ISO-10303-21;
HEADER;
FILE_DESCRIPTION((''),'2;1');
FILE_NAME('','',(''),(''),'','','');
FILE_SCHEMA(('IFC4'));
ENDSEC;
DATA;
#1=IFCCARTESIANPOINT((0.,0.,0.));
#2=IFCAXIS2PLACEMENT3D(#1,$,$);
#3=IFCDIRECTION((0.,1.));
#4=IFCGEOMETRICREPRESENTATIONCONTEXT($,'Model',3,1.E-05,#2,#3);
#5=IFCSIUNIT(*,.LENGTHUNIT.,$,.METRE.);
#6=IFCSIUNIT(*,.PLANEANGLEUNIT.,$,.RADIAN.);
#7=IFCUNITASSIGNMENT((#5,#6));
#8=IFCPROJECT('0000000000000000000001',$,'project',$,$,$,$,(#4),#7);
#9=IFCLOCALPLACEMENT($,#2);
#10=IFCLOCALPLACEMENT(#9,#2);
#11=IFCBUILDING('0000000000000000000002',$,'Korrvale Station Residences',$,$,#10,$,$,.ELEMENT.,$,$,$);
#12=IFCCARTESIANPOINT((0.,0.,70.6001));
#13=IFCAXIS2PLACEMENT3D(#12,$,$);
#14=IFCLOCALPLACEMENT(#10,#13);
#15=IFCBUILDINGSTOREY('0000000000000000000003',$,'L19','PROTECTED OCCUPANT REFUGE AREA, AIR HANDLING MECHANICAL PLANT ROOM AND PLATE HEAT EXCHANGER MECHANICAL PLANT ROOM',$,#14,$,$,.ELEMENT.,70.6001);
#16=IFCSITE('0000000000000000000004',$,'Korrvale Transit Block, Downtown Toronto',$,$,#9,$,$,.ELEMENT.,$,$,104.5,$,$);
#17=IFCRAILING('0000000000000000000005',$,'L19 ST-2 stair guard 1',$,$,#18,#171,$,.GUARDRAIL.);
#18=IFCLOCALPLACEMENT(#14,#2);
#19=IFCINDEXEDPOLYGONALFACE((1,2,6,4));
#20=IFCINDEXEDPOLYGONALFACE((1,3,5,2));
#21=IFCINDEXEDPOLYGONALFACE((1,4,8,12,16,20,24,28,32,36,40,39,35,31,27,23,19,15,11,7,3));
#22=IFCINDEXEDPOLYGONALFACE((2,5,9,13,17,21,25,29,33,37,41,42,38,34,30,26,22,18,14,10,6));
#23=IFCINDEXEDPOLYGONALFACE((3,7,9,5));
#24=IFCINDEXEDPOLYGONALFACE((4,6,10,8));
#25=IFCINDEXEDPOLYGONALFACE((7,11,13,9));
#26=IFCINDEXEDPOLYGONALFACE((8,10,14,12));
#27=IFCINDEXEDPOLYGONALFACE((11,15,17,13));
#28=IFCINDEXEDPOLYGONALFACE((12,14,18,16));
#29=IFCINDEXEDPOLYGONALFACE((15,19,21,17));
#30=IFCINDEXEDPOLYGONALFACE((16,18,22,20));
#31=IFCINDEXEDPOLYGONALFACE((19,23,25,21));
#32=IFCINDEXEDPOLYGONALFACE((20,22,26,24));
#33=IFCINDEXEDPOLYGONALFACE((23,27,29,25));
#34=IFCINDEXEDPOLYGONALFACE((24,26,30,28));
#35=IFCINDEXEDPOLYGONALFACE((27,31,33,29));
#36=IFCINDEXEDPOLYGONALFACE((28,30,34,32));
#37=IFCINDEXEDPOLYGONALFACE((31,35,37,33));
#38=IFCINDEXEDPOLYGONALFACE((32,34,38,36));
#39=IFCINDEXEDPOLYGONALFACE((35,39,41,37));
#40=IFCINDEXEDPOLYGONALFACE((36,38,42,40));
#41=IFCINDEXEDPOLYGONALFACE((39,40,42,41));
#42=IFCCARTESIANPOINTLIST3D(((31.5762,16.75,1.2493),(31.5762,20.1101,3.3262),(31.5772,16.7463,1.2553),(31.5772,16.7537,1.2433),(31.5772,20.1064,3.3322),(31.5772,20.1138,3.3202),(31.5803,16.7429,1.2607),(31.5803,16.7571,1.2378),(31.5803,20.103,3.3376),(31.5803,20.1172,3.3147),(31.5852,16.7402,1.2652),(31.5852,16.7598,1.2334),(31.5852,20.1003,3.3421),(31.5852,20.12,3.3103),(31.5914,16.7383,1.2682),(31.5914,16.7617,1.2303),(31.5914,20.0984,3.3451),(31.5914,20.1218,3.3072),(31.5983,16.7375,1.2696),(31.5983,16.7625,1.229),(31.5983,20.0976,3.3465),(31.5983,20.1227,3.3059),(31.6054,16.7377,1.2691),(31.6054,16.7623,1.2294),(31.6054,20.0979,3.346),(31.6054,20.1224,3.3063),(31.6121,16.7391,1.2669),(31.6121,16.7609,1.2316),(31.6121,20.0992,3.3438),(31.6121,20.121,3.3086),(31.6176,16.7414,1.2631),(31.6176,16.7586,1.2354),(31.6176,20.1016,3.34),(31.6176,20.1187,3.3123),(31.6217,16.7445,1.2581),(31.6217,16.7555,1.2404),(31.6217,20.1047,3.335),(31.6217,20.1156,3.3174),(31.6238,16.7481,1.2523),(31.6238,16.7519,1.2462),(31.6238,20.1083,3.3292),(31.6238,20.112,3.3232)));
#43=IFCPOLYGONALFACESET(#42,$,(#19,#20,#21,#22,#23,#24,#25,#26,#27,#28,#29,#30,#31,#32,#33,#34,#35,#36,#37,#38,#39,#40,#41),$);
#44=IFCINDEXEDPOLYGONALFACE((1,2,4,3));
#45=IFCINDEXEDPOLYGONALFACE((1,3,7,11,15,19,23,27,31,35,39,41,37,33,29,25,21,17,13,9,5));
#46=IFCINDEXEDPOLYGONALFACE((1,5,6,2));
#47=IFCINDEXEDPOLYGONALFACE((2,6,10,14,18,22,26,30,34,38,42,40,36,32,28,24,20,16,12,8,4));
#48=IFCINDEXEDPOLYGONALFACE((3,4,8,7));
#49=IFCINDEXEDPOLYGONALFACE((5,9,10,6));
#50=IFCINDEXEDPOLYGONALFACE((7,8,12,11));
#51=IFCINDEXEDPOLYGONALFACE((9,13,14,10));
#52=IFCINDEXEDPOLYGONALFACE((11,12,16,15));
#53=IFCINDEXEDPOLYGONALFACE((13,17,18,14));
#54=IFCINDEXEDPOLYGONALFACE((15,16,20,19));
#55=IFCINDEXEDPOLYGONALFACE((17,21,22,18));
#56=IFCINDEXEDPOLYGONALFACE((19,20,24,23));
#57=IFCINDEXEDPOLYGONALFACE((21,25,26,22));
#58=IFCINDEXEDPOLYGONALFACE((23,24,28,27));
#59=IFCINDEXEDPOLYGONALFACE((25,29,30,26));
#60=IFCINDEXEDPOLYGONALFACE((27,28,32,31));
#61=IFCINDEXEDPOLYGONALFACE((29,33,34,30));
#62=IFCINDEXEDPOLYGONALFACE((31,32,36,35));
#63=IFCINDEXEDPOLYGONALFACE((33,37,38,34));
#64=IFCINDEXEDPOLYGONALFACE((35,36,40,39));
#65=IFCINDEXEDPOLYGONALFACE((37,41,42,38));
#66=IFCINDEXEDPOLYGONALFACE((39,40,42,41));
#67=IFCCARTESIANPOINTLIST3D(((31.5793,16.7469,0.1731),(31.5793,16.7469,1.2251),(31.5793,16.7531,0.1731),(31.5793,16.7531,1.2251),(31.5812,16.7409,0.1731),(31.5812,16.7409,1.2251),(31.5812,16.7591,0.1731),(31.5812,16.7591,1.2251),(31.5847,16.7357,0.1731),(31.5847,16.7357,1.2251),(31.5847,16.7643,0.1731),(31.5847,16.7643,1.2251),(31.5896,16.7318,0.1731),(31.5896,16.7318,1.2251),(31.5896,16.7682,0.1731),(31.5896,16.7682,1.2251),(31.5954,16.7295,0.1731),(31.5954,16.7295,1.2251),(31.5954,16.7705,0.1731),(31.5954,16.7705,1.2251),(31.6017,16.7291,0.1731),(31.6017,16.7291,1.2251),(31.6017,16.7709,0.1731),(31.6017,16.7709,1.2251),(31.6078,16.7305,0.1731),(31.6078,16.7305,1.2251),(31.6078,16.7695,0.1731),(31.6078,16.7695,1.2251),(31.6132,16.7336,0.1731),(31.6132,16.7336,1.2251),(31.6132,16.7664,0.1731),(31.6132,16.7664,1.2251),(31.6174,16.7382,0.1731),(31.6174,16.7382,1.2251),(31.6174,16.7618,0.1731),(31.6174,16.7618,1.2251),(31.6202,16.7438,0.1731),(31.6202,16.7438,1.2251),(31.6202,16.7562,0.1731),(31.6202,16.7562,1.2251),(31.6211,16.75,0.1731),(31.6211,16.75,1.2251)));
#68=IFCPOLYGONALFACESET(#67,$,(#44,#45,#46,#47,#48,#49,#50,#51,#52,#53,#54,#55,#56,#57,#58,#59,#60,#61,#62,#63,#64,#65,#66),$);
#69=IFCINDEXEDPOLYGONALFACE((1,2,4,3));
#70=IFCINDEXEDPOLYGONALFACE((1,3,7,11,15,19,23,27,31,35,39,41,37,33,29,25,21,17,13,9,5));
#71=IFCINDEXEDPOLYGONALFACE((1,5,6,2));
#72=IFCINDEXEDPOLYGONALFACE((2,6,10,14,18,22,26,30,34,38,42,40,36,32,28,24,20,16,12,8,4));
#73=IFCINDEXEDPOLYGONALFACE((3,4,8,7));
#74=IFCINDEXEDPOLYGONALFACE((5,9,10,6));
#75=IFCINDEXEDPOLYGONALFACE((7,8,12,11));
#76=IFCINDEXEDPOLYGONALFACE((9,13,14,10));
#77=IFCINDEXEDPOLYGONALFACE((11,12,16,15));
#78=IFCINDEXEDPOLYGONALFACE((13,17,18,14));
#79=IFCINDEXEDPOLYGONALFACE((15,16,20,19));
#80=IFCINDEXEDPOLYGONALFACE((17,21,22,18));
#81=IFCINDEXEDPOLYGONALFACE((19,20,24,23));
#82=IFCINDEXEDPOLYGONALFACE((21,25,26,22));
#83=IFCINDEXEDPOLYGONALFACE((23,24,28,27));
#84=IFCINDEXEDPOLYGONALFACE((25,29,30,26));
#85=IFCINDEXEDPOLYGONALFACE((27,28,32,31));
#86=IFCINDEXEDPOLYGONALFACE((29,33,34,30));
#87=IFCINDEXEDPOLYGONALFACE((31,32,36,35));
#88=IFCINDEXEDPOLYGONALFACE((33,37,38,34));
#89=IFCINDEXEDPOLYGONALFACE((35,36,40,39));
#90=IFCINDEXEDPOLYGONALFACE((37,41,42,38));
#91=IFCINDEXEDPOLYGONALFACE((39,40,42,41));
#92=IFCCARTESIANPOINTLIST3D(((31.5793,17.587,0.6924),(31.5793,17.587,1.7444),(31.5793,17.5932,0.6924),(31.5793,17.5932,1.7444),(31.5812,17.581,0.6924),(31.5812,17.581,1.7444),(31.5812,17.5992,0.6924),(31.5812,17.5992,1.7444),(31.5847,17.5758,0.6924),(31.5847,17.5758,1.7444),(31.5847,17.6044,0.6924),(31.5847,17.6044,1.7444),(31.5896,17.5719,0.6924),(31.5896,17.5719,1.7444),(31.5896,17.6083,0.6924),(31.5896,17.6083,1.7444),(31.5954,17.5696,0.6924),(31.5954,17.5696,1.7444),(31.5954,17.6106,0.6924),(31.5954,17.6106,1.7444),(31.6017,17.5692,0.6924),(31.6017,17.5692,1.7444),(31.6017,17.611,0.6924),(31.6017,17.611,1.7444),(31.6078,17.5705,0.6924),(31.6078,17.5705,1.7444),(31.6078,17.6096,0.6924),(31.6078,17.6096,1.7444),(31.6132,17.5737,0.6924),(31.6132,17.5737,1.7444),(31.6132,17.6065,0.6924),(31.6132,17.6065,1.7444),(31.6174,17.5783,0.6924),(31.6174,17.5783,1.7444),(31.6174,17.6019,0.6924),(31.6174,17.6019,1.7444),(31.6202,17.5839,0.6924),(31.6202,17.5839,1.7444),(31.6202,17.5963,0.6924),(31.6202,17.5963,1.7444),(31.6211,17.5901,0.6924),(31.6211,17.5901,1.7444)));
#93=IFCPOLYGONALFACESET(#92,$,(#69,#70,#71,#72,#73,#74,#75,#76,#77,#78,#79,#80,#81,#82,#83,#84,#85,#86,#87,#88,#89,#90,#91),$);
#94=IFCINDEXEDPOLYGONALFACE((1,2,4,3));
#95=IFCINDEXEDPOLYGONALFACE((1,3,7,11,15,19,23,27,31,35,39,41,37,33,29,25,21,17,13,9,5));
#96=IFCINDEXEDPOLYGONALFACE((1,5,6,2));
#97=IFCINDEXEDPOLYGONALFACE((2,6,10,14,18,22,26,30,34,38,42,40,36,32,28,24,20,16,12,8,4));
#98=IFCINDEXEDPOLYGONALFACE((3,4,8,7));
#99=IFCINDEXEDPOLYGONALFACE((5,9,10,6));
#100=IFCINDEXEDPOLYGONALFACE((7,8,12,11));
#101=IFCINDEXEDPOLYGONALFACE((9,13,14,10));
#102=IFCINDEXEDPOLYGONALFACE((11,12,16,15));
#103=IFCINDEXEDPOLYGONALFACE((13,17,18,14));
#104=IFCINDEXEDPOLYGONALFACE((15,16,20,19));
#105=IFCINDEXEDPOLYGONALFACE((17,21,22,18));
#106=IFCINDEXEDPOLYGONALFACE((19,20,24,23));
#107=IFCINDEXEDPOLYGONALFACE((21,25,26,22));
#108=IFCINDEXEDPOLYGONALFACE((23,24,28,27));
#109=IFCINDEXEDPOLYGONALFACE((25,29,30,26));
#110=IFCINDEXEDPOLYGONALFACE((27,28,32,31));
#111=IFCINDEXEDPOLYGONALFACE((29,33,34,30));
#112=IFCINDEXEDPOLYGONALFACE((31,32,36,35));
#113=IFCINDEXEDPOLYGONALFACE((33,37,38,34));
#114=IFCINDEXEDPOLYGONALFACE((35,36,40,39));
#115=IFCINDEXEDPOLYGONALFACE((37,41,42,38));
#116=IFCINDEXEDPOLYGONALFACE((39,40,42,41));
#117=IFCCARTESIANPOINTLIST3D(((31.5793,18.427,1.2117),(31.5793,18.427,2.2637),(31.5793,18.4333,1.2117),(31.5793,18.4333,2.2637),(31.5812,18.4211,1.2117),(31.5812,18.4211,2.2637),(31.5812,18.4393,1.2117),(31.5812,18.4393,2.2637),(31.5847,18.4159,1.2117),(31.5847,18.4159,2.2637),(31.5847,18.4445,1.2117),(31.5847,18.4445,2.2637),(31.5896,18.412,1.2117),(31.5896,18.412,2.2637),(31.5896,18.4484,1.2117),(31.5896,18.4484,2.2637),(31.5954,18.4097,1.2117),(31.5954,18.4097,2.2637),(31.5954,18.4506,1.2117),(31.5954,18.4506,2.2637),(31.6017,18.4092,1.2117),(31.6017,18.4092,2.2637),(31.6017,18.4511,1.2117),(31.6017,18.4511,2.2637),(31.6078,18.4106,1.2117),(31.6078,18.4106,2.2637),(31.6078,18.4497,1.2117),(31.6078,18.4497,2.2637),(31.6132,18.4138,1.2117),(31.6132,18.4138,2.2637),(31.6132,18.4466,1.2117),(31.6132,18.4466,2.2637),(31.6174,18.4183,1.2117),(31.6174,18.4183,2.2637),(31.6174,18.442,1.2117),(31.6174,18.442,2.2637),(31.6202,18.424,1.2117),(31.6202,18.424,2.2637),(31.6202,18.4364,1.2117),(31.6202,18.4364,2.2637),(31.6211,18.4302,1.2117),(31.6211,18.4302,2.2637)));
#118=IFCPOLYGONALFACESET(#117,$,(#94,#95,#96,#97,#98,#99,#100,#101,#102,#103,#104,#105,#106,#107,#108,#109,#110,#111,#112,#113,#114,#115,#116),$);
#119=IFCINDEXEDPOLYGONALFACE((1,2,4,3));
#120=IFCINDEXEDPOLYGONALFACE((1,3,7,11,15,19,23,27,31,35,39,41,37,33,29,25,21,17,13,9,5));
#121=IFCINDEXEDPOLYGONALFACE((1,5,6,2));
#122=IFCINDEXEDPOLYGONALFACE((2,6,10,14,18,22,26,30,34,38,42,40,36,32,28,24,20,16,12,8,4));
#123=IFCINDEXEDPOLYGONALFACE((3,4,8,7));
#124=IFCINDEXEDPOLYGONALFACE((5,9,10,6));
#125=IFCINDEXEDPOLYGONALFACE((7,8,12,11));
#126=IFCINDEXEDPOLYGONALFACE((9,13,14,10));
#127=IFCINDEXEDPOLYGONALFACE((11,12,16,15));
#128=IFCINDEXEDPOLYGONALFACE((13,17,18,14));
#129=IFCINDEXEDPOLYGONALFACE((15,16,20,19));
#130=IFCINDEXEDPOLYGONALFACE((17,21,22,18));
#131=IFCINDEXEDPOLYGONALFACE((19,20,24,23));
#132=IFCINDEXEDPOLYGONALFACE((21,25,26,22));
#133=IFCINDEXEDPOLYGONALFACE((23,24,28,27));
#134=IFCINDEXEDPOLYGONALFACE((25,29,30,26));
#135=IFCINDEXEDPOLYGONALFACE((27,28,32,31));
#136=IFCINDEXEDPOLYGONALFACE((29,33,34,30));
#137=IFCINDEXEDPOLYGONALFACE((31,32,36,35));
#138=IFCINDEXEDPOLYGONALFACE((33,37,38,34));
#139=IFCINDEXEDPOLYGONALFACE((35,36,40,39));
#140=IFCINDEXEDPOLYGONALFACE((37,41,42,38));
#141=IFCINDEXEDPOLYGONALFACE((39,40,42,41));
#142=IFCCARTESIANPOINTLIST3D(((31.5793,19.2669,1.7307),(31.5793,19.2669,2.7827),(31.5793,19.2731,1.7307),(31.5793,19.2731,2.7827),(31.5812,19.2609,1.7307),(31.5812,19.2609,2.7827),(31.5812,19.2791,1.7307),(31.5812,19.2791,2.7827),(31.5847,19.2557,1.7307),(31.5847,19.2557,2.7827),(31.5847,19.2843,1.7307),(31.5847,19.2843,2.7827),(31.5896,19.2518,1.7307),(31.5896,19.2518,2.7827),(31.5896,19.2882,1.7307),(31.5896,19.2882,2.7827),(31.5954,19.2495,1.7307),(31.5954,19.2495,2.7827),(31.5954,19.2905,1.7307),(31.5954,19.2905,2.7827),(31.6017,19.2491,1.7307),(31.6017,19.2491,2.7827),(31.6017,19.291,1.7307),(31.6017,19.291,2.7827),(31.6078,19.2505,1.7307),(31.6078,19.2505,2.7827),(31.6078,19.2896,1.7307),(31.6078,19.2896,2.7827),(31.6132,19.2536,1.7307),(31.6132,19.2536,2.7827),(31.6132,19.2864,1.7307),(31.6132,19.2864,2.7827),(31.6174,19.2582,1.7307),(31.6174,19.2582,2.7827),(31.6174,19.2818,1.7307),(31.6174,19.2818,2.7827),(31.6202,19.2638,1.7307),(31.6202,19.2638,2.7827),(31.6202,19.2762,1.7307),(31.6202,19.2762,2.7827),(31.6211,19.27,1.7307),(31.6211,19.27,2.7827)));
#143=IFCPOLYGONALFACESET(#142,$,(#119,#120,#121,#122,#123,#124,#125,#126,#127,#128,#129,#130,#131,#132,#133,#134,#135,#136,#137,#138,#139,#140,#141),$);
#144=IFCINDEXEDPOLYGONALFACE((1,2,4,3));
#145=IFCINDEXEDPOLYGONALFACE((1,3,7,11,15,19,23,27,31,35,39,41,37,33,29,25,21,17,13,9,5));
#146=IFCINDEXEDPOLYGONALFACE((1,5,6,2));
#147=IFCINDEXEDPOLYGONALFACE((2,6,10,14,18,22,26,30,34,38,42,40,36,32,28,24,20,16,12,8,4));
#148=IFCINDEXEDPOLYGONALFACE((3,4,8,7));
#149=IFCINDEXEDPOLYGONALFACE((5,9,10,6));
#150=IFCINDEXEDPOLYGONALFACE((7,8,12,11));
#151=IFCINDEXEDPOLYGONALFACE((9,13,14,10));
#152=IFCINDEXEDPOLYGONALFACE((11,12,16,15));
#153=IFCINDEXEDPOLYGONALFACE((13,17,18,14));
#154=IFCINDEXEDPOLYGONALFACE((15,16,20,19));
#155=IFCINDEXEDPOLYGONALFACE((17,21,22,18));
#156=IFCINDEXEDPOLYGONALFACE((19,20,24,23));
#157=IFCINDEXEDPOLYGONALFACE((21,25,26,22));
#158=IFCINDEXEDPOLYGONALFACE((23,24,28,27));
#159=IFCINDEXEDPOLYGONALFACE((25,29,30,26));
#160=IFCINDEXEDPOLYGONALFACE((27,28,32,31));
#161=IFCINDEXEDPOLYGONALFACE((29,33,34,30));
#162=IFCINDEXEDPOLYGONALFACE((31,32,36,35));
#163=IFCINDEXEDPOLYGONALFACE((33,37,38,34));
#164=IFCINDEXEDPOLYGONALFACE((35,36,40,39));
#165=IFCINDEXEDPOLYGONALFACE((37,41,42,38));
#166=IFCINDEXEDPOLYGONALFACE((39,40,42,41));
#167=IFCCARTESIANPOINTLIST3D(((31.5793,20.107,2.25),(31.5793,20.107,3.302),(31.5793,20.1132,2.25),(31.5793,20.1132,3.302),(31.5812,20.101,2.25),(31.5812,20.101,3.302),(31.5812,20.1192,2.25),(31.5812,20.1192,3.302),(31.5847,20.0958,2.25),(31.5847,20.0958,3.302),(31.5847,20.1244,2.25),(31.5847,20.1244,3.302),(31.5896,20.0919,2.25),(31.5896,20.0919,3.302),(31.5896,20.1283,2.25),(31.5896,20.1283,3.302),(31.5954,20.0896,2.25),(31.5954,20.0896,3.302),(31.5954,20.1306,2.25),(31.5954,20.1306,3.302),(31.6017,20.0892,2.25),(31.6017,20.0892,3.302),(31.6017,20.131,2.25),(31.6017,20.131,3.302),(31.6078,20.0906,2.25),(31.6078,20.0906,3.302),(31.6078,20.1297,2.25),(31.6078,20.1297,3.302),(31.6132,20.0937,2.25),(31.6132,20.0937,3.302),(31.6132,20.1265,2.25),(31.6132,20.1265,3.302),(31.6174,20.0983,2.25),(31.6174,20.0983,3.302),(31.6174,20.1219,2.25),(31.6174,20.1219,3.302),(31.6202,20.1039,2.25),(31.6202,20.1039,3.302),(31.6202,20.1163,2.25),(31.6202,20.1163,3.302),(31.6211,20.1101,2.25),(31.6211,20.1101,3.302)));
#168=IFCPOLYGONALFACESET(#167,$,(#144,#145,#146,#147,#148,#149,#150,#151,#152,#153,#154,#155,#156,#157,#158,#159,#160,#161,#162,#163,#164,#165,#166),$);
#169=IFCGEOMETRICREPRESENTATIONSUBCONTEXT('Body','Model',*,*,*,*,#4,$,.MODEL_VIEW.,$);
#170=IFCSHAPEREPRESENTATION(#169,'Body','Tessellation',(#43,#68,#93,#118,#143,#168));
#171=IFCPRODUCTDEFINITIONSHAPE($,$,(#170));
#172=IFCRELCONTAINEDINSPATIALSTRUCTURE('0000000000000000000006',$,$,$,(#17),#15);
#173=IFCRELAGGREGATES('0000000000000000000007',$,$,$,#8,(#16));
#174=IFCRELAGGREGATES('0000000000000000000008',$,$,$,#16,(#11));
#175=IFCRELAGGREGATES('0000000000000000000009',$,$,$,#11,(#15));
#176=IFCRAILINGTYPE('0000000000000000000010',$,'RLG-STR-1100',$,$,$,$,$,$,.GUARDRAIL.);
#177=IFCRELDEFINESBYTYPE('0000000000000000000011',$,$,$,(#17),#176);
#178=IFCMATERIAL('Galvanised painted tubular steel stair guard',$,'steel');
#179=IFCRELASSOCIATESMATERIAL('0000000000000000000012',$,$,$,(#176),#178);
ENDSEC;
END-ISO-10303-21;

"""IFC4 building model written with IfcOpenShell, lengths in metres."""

from ifc_helpers import new_model, si_unit, direction, frame, origin, origin_2d, place, context, subcontext, project, spatial, circle, extrude, material, type_object, element, save


model = new_model("IFC4")

# Units and contexts
model_context = context("Model", 3, precision=1e-05, world=origin(), true_north=direction((0.0, 1.0)))
body_context = subcontext(model_context, "Body", "Model", "MODEL_VIEW")
ifc_project = project(units=[si_unit("LENGTHUNIT", "METRE"), si_unit("PLANEANGLEUNIT", "RADIAN")], contexts=[model_context])

# Site, building, storey
site_placement = place(None, origin())
site = spatial("IfcSite", under=ifc_project, at=site_placement, Name="Korrvale Transit Block, Downtown Toronto", CompositionType="ELEMENT", RefElevation=104.5)
building_placement = place(site_placement, origin())
building = spatial("IfcBuilding", under=site, at=building_placement, Name="Korrvale Station Residences", CompositionType="ELEMENT")
storey_placement = place(building_placement, frame((0.0, 0.0, 70.6001)))
storey = spatial("IfcBuildingStorey", under=building, at=storey_placement, Name="L19", Description="PROTECTED OCCUPANT REFUGE AREA, AIR HANDLING MECHANICAL PLANT ROOM AND PLATE HEAT EXCHANGER MECHANICAL PLANT ROOM", CompositionType="ELEMENT", Elevation=70.6001)

# Railing
ifc_material_1 = material(Name="Galvanised painted tubular steel stair guard", Category="steel")
railing_type_1 = type_object("IfcRailingType", Name="RLG-STR-1100", PredefinedType="GUARDRAIL", material=ifc_material_1)
railing_1_placement = place(storey_placement, frame((31.6001, 16.75, 0.1731)))
element("IfcRailing", 1, at=railing_1_placement, inside=storey, type_object=railing_type_1, Name="L19 ST-2 stair guard 1", PredefinedType="GUARDRAIL", context=body_context, shape_type="SweptSolid", body=[
    extrude(circle(Radius=0.0239, at=origin_2d()), frame((0.0, 0.0, 1.0762), z_axis=(0.0, 0.850623, 0.525776), x_axis=(-1.0, 0.0, 0.0)), (0.0, 0.0, 1.0), 3.9502),
    extrude(circle(Radius=0.021, at=origin_2d()), origin(), (0.0, 0.0, 1.0), 1.052),
    extrude(circle(Radius=0.021, at=origin_2d()), frame((0.0, 0.8401, 0.5193)), (0.0, 0.0, 1.0), 1.052),
    extrude(circle(Radius=0.021, at=origin_2d()), frame((0.0, 1.6802, 1.0386)), (0.0, 0.0, 1.0), 1.052),
    extrude(circle(Radius=0.021, at=origin_2d()), frame((0.0, 2.52, 1.5576)), (0.0, 0.0, 1.0), 1.052),
    extrude(circle(Radius=0.021, at=origin_2d()), frame((0.0, 3.3601, 2.0769)), (0.0, 0.0, 1.0), 1.052),
])

save(model, "model.ifc")
